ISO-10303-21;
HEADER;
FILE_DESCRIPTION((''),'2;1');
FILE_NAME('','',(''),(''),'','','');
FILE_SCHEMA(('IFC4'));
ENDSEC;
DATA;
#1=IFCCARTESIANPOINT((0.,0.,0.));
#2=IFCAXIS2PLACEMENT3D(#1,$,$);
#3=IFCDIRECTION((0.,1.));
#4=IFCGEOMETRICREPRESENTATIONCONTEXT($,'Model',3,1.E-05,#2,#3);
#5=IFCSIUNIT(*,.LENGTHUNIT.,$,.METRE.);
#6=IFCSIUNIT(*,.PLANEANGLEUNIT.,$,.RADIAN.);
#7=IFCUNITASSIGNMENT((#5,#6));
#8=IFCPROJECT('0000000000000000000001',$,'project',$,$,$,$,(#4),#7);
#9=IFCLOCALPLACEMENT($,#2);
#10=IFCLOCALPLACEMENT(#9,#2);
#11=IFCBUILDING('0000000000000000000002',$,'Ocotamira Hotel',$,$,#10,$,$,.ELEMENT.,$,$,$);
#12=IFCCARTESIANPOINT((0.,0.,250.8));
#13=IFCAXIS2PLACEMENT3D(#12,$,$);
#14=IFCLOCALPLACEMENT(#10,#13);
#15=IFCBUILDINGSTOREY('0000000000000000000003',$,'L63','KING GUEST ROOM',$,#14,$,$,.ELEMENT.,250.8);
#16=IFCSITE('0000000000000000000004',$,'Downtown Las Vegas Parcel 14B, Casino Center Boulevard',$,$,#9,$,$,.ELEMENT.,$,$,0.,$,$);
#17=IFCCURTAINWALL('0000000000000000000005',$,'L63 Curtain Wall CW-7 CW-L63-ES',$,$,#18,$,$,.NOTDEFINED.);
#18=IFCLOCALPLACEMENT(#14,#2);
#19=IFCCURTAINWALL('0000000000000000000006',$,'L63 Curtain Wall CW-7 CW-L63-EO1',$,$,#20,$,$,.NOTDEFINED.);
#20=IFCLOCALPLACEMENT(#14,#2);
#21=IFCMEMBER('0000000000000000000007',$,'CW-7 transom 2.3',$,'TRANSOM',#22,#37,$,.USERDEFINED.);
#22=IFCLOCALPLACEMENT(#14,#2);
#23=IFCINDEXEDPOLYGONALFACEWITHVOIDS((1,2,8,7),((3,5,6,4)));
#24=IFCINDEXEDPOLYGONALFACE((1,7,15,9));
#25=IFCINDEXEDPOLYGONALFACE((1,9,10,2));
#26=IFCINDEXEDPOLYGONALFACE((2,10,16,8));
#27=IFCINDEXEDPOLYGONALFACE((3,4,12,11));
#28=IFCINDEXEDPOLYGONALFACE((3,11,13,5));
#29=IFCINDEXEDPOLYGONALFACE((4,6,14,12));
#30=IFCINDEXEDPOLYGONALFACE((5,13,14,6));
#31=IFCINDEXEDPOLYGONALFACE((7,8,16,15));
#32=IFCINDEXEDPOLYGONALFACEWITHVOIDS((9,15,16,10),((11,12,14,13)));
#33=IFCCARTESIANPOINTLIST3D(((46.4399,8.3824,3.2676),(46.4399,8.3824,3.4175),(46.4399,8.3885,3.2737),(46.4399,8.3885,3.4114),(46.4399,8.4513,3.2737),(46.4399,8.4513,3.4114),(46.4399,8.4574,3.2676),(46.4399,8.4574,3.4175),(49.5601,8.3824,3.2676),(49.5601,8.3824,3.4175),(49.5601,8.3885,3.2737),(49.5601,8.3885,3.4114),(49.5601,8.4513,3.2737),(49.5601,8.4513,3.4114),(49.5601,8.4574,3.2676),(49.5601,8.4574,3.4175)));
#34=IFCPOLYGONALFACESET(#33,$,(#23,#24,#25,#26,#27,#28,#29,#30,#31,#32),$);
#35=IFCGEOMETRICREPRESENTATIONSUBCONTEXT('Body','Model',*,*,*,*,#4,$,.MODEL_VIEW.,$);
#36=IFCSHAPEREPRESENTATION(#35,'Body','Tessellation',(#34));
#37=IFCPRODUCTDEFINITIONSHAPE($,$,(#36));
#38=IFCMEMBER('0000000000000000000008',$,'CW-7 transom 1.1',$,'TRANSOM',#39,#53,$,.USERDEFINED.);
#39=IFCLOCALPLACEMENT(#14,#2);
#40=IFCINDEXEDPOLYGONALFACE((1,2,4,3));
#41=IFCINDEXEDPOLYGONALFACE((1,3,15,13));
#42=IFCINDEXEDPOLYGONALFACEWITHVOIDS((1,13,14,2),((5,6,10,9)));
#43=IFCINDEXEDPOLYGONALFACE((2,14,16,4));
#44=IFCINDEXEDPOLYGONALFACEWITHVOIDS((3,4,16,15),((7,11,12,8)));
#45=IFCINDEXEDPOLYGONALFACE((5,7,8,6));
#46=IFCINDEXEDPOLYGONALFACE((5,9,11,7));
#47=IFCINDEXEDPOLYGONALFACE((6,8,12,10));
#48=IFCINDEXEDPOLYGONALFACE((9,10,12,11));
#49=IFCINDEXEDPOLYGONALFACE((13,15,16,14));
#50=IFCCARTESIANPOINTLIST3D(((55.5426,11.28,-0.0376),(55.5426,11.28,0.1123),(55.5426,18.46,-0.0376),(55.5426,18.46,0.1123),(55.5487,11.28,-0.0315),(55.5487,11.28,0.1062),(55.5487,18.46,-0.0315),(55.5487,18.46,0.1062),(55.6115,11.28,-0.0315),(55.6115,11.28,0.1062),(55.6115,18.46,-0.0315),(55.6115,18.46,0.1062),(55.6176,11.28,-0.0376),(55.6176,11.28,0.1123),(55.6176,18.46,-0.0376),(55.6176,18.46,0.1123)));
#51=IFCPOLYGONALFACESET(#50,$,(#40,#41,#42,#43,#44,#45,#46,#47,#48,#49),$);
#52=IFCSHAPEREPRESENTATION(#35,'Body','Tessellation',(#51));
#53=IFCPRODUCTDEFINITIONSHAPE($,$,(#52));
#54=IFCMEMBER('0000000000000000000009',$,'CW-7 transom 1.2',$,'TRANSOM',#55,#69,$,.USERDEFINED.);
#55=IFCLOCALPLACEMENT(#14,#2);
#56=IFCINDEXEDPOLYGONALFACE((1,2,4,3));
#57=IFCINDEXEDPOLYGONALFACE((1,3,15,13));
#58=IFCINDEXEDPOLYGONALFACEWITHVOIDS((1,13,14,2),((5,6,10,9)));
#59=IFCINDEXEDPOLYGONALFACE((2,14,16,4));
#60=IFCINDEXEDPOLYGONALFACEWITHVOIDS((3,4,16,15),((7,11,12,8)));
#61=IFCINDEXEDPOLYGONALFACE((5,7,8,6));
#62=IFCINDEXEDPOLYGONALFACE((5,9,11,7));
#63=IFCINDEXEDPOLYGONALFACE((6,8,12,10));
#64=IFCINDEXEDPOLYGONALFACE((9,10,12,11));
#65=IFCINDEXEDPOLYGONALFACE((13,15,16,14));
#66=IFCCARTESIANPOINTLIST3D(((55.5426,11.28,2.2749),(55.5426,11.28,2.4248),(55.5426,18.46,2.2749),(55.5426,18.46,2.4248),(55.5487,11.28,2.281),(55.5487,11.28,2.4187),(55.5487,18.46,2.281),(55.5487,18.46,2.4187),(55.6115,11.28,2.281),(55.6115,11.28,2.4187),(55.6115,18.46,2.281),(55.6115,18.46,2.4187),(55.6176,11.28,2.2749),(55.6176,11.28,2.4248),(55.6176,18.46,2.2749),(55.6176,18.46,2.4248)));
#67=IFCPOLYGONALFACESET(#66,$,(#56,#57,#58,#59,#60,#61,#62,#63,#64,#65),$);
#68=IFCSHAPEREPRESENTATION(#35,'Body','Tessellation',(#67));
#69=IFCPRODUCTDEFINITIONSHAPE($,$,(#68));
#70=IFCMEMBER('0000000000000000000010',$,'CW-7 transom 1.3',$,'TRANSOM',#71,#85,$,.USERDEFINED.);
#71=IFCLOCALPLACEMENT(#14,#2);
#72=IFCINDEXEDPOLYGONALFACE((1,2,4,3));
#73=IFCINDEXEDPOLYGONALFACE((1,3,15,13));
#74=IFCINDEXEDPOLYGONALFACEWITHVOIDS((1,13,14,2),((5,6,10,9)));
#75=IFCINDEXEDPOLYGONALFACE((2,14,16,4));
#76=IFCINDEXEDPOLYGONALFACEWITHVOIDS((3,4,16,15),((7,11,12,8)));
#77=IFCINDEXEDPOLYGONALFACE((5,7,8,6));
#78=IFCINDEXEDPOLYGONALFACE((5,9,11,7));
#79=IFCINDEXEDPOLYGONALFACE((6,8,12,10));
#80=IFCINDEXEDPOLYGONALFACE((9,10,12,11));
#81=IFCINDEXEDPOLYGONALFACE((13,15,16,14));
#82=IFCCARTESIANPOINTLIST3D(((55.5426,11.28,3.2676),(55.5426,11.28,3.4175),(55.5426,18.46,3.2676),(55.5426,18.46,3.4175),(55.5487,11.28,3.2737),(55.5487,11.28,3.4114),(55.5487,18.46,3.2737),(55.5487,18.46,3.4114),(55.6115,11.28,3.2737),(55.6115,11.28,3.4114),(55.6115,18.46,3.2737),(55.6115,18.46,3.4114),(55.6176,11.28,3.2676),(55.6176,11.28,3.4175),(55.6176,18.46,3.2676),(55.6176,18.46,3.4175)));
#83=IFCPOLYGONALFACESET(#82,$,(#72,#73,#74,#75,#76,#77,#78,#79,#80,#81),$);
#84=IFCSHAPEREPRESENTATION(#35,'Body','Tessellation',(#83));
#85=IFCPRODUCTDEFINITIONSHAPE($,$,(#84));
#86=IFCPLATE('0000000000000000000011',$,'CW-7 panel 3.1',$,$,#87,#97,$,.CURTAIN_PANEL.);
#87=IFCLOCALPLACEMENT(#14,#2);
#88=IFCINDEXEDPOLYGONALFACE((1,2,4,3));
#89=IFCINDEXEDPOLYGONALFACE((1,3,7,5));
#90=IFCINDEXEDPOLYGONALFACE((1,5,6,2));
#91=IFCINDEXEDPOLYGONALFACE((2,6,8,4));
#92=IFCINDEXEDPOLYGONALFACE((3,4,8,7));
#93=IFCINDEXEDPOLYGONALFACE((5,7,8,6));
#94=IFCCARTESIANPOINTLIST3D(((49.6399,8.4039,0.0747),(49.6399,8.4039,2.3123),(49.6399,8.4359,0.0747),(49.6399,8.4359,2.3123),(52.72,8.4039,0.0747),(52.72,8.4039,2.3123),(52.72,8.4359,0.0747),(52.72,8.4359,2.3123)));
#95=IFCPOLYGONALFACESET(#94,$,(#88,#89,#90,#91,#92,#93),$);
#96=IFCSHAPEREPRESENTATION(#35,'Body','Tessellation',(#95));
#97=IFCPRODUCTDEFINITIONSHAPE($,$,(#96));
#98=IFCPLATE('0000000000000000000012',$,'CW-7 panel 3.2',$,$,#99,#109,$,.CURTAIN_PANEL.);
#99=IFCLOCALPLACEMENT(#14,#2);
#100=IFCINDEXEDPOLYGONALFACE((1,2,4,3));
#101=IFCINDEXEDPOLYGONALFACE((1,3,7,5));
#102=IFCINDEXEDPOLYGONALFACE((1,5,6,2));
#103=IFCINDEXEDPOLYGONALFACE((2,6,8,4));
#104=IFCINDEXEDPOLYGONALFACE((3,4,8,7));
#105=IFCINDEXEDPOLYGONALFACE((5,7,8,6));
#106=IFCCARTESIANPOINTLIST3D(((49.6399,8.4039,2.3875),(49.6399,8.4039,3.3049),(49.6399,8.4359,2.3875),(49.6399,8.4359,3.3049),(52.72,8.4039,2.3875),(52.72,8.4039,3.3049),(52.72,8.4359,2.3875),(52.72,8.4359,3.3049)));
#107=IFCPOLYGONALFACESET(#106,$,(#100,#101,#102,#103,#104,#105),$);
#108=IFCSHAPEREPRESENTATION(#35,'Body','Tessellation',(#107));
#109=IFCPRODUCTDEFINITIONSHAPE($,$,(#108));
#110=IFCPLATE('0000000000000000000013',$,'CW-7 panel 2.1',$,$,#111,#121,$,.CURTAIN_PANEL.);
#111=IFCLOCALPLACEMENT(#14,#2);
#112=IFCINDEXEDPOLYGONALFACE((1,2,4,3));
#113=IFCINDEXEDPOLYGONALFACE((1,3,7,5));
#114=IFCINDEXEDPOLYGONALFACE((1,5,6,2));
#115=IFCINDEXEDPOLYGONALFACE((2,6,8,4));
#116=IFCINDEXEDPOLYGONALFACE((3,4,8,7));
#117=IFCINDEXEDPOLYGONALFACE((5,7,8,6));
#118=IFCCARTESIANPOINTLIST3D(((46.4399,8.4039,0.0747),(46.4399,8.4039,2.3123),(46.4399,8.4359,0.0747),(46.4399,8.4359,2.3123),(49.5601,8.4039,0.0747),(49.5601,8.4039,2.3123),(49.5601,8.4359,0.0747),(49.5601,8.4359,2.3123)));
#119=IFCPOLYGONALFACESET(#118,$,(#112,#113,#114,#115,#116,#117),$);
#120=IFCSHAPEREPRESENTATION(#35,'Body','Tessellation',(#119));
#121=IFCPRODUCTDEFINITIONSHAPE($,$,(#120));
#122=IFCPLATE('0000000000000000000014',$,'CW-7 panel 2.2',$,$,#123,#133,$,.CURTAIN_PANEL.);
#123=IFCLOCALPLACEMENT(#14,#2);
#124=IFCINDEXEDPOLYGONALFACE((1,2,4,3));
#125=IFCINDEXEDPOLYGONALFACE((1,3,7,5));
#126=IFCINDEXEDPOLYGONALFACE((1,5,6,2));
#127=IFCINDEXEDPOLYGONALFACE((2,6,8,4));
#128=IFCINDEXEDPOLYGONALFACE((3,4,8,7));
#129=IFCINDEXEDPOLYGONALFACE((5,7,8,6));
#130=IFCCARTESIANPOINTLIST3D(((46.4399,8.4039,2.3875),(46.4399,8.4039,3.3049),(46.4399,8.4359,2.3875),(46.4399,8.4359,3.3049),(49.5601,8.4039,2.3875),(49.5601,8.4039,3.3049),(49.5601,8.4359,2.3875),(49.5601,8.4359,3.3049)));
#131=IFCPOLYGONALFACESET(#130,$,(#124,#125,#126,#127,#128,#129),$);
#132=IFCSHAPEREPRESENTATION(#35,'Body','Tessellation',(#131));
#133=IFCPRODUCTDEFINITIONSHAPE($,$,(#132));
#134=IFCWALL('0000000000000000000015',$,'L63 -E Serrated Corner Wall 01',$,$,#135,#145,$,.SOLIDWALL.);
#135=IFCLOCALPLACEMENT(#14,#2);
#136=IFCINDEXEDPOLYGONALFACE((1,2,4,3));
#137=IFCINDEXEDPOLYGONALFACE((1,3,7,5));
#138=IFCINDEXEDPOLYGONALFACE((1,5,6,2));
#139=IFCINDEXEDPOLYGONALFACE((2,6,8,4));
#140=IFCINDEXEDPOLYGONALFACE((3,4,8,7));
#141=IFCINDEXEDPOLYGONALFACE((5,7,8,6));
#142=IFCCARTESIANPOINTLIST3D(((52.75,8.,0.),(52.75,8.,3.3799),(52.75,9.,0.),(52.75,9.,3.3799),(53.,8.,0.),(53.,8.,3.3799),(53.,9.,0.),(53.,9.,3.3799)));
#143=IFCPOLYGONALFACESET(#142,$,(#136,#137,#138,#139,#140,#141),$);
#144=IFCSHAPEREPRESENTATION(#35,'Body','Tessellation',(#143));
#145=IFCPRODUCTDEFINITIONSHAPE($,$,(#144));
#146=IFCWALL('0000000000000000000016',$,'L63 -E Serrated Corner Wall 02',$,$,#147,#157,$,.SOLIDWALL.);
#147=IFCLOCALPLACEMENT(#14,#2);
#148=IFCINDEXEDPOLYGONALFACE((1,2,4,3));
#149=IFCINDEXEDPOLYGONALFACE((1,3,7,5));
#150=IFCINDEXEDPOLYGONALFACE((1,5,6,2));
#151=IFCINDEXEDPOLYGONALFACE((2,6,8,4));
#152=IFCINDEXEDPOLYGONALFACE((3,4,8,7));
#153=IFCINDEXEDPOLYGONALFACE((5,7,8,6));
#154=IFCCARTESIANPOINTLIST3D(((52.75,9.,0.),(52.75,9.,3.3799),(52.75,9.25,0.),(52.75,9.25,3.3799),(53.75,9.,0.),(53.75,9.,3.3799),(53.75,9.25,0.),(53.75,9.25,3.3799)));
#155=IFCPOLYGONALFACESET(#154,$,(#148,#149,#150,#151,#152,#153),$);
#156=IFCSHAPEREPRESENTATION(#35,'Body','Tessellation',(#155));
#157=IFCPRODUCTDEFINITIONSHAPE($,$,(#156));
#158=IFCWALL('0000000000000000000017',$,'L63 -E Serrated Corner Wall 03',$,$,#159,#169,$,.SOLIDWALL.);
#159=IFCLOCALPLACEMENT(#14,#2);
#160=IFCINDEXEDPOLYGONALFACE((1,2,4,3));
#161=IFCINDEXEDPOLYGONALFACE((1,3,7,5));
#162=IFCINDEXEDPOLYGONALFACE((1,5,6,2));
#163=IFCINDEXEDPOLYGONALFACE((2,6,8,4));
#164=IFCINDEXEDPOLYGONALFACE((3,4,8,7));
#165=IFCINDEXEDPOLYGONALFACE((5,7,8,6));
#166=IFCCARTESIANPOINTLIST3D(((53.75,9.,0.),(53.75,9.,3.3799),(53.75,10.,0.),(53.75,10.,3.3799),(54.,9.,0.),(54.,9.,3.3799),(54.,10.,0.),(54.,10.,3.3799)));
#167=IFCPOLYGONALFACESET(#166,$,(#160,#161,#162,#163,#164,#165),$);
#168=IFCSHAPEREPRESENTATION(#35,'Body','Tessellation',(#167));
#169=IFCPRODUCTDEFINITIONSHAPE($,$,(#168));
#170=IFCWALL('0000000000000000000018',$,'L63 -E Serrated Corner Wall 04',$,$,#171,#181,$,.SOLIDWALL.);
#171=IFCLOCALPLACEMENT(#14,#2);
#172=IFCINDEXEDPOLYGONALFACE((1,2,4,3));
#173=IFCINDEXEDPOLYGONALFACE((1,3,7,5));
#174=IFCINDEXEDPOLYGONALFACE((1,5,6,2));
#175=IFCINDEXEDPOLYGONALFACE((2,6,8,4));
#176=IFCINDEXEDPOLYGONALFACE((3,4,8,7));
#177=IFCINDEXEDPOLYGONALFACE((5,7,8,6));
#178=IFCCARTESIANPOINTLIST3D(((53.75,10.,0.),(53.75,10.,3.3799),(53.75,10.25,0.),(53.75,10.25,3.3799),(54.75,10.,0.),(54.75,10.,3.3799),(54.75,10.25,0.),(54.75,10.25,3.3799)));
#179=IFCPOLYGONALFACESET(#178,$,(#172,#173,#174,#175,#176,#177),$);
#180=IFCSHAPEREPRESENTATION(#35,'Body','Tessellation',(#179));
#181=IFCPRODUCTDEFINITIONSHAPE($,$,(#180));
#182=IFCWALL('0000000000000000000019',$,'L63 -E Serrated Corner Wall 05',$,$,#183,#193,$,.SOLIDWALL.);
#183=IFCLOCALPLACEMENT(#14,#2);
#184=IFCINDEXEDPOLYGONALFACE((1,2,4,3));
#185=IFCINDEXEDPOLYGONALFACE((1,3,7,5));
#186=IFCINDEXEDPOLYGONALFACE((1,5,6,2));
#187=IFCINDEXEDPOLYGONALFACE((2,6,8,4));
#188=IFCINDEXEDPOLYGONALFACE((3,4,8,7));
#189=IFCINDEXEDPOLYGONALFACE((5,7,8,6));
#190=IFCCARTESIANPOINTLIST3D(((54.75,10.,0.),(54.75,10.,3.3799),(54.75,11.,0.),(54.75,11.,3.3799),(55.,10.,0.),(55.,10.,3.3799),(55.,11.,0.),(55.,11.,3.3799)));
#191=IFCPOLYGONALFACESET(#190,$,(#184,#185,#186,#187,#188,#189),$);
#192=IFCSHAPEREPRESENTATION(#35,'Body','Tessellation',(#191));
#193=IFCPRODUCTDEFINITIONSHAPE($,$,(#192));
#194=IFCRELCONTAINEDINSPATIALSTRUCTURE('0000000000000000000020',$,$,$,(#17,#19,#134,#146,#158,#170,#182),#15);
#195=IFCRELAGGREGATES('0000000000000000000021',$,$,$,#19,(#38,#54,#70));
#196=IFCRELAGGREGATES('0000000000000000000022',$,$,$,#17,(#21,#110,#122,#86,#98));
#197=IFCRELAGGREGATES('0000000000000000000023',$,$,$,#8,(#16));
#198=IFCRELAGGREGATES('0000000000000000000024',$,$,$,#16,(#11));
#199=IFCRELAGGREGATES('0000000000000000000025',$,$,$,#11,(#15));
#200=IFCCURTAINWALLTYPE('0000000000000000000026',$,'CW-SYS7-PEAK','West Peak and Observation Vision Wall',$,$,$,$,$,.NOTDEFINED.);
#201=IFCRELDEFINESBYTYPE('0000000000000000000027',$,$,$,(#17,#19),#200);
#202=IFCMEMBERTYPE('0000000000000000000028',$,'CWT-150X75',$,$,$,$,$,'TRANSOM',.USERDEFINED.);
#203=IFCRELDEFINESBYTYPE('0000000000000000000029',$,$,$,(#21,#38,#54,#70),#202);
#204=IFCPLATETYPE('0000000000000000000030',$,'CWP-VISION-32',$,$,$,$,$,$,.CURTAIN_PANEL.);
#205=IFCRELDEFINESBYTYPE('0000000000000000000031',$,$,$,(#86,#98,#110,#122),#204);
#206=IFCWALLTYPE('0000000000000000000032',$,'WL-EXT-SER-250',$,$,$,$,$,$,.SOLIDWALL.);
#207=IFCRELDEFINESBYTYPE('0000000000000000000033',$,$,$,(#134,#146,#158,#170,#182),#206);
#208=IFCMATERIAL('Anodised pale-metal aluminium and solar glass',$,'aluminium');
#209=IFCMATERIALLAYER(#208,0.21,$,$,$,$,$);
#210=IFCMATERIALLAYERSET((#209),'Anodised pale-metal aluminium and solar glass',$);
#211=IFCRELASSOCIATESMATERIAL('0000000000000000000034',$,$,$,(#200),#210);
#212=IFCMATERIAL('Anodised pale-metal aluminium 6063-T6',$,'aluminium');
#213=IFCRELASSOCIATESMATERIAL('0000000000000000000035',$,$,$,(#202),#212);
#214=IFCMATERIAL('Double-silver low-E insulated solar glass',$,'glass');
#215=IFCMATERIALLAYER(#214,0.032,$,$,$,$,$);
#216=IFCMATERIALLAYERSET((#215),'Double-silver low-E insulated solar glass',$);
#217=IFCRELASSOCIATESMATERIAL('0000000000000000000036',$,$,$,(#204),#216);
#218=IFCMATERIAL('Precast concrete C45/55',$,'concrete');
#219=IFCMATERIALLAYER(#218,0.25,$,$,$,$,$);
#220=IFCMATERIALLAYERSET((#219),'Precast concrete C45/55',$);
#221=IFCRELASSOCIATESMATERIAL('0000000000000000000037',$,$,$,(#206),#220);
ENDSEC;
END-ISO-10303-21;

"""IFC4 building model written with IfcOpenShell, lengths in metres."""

from ifc_helpers import new_model, si_unit, direction, frame, frame_2d, origin, origin_2d, place, context, subcontext, project, spatial, rectangle, hollow_rectangle, extrude, source, transform, mapped, material, layer, layer_set, material_profile, profile_set, type_object, element, aggregate, save


model = new_model("IFC4")

# Units and contexts
model_context = context("Model", 3, precision=1e-05, world=origin(), true_north=direction((0.0, 1.0)))
body_context = subcontext(model_context, "Body", "Model", "MODEL_VIEW")
ifc_project = project(units=[si_unit("LENGTHUNIT", "METRE"), si_unit("PLANEANGLEUNIT", "RADIAN")], contexts=[model_context])

# Site, building, storey
site_placement = place(None, origin())
site = spatial("IfcSite", under=ifc_project, at=site_placement, Name="Downtown Las Vegas Parcel 14B, Casino Center Boulevard", CompositionType="ELEMENT", RefElevation=0.0)
building_placement = place(site_placement, origin())
building = spatial("IfcBuilding", under=site, at=building_placement, Name="Ocotamira Hotel", CompositionType="ELEMENT")
storey_placement = place(building_placement, frame((0.0, 0.0, 250.8)))
storey = spatial("IfcBuildingStorey", under=building, at=storey_placement, Name="L63", Description="KING GUEST ROOM", CompositionType="ELEMENT", Elevation=250.8)

# Curtain wall
ifc_material_1 = material(Name="Anodised pale-metal aluminium and solar glass", Category="aluminium")
ifc_layer_1 = layer(ifc_material_1, 0.21)
ifc_layer_set_1 = layer_set([ifc_layer_1], Name="Anodised pale-metal aluminium and solar glass")
curtain_wall_type = type_object("IfcCurtainWallType", Name="CW-SYS7-PEAK", Description="West Peak and Observation Vision Wall", PredefinedType="NOTDEFINED", material=ifc_layer_set_1)
curtain_wall_1_placement = place(storey_placement, origin())
curtain_wall_1 = element("IfcCurtainWall", 1, at=curtain_wall_1_placement, inside=storey, type_object=curtain_wall_type, Name="L63 Curtain Wall CW-7 CW-L63-ES", PredefinedType="NOTDEFINED")
ifc_material_2 = material(Name="Anodised pale-metal aluminium 6063-T6", Category="aluminium")

# Curtain wall
curtain_wall_2_placement = place(storey_placement, origin())
curtain_wall_2 = element("IfcCurtainWall", 2, at=curtain_wall_2_placement, inside=storey, type_object=curtain_wall_type, Name="L63 Curtain Wall CW-7 CW-L63-EO1", PredefinedType="NOTDEFINED")

# Members
ifc_material_profile_1 = material_profile(ifc_material_2, hollow_rectangle(XDim=0.075, YDim=0.1499, WallThickness=0.0061, at=origin_2d()), Name="HSS150X75X6")
ifc_profile_set_1 = profile_set([ifc_material_profile_1], Name="Anodised pale-metal aluminium 6063-T6")
member_type_1 = type_object("IfcMemberType", Name="CWT-150X75", ElementType="TRANSOM", PredefinedType="USERDEFINED", material=ifc_profile_set_1)
shared_shape_1 = source(origin(), body_context, "Body", "SweptSolid", [
    extrude(hollow_rectangle(XDim=0.075, YDim=0.1499, WallThickness=0.0061, at=origin_2d()), origin(), (0.0, 0.0, 1.0), 3.1201),
])
member_1_placement = place(storey_placement, frame((46.4399, 8.4199, 3.3425), z_axis=(1.0, 0.0, 0.0), x_axis=(0.0, 1.0, 0.0)))
member_1 = element("IfcMember", 3, at=member_1_placement, type_object=member_type_1, Name="CW-7 transom 2.3", ObjectType="TRANSOM", PredefinedType="USERDEFINED", context=body_context, shape_type="MappedRepresentation", body=[
    mapped(shared_shape_1, transform((0.0, 0.0, 0.0), scale=1.0)),
])
shared_shape_2 = source(origin(), body_context, "Body", "SweptSolid", [
    extrude(hollow_rectangle(XDim=0.075, YDim=0.1499, WallThickness=0.0061, at=origin_2d()), origin(), (0.0, 0.0, 1.0), 7.1799),
])
member_2_placement = place(storey_placement, frame((55.5801, 11.28, 0.0374), z_axis=(0.0, 1.0, 0.0), x_axis=(-1.0, 0.0, 0.0)))
member_2 = element("IfcMember", 4, at=member_2_placement, type_object=member_type_1, Name="CW-7 transom 1.1", ObjectType="TRANSOM", PredefinedType="USERDEFINED", context=body_context, shape_type="MappedRepresentation", body=[
    mapped(shared_shape_2, transform((0.0, 0.0, 0.0), scale=1.0)),
])
member_3_placement = place(storey_placement, frame((55.5801, 11.28, 2.3499), z_axis=(0.0, 1.0, 0.0), x_axis=(-1.0, 0.0, 0.0)))
member_3 = element("IfcMember", 5, at=member_3_placement, type_object=member_type_1, Name="CW-7 transom 1.2", ObjectType="TRANSOM", PredefinedType="USERDEFINED", context=body_context, shape_type="MappedRepresentation", body=[
    mapped(shared_shape_2, transform((0.0, 0.0, 0.0), scale=1.0)),
])
member_4_placement = place(storey_placement, frame((55.5801, 11.28, 3.3425), z_axis=(0.0, 1.0, 0.0), x_axis=(-1.0, 0.0, 0.0)))
member_4 = element("IfcMember", 6, at=member_4_placement, type_object=member_type_1, Name="CW-7 transom 1.3", ObjectType="TRANSOM", PredefinedType="USERDEFINED", context=body_context, shape_type="MappedRepresentation", body=[
    mapped(shared_shape_2, transform((0.0, 0.0, 0.0), scale=1.0)),
])
aggregate(curtain_wall_2, [member_2, member_3, member_4])

# Plates
ifc_material_3 = material(Name="Double-silver low-E insulated solar glass", Category="glass")
ifc_layer_2 = layer(ifc_material_3, 0.032)
ifc_layer_set_2 = layer_set([ifc_layer_2], Name="Double-silver low-E insulated solar glass")
plate_type = type_object("IfcPlateType", Name="CWP-VISION-32", PredefinedType="CURTAIN_PANEL", material=ifc_layer_set_2)
shared_shape_3 = source(origin(), body_context, "Body", "SweptSolid", [
    extrude(rectangle(XDim=3.0801, YDim=0.032, at=origin_2d()), origin(), (0.0, 0.0, 1.0), 2.2375),
])
plate_1_placement = place(storey_placement, frame((51.1799, 8.4199, 0.0747), z_axis=(0.0, 0.0, 1.0), x_axis=(1.0, 0.0, 0.0)))
plate_1 = element("IfcPlate", 7, at=plate_1_placement, type_object=plate_type, Name="CW-7 panel 3.1", PredefinedType="CURTAIN_PANEL", context=body_context, shape_type="MappedRepresentation", body=[
    mapped(shared_shape_3, transform((0.0, 0.0, 0.0), scale=1.0)),
])
shared_shape_4 = source(origin(), body_context, "Body", "SweptSolid", [
    extrude(rectangle(XDim=3.0801, YDim=0.032, at=origin_2d()), origin(), (0.0, 0.0, 1.0), 0.9175),
])
plate_2_placement = place(storey_placement, frame((51.1799, 8.4199, 2.3875), z_axis=(0.0, 0.0, 1.0), x_axis=(1.0, 0.0, 0.0)))
plate_2 = element("IfcPlate", 8, at=plate_2_placement, type_object=plate_type, Name="CW-7 panel 3.2", PredefinedType="CURTAIN_PANEL", context=body_context, shape_type="MappedRepresentation", body=[
    mapped(shared_shape_4, transform((0.0, 0.0, 0.0), scale=1.0)),
])
shared_shape_5 = source(origin(), body_context, "Body", "SweptSolid", [
    extrude(rectangle(XDim=3.1201, YDim=0.032, at=origin_2d()), origin(), (0.0, 0.0, 1.0), 2.2375),
])
plate_3_placement = place(storey_placement, frame((48.0, 8.4199, 0.0747), z_axis=(0.0, 0.0, 1.0), x_axis=(1.0, 0.0, 0.0)))
plate_3 = element("IfcPlate", 9, at=plate_3_placement, type_object=plate_type, Name="CW-7 panel 2.1", PredefinedType="CURTAIN_PANEL", context=body_context, shape_type="MappedRepresentation", body=[
    mapped(shared_shape_5, transform((0.0, 0.0, 0.0), scale=1.0)),
])
shared_shape_6 = source(origin(), body_context, "Body", "SweptSolid", [
    extrude(rectangle(XDim=3.1201, YDim=0.032, at=origin_2d()), origin(), (0.0, 0.0, 1.0), 0.9175),
])
plate_4_placement = place(storey_placement, frame((48.0, 8.4199, 2.3875), z_axis=(0.0, 0.0, 1.0), x_axis=(1.0, 0.0, 0.0)))
plate_4 = element("IfcPlate", 10, at=plate_4_placement, type_object=plate_type, Name="CW-7 panel 2.2", PredefinedType="CURTAIN_PANEL", context=body_context, shape_type="MappedRepresentation", body=[
    mapped(shared_shape_6, transform((0.0, 0.0, 0.0), scale=1.0)),
])
aggregate(curtain_wall_1, [member_1, plate_3, plate_4, plate_1, plate_2])

# Walls
ifc_material_4 = material(Name="Precast concrete C45/55", Category="concrete")
ifc_layer_3 = layer(ifc_material_4, 0.25)
ifc_layer_set_3 = layer_set([ifc_layer_3], Name="Precast concrete C45/55")
wall_type_1 = type_object("IfcWallType", Name="WL-EXT-SER-250", PredefinedType="SOLIDWALL", material=ifc_layer_set_3)
for number, where, z_axis, x_axis, name in (
    (11, (52.875, 8.0, 0.0), (0.0, 0.0, 1.0), (0.0, 1.0, 0.0), "L63 -E Serrated Corner Wall 01"),
    (12, (52.75, 9.125, 0.0), (0.0, 0.0, 1.0), (1.0, 0.0, 0.0), "L63 -E Serrated Corner Wall 02"),
    (13, (53.875, 9.0, 0.0), (0.0, 0.0, 1.0), (0.0, 1.0, 0.0), "L63 -E Serrated Corner Wall 03"),
    (14, (53.75, 10.125, 0.0), (0.0, 0.0, 1.0), (1.0, 0.0, 0.0), "L63 -E Serrated Corner Wall 04"),
    (15, (54.875, 10.0, 0.0), (0.0, 0.0, 1.0), (0.0, 1.0, 0.0), "L63 -E Serrated Corner Wall 05"),
):
    element("IfcWall", number, at=place(storey_placement, frame(where, z_axis=z_axis, x_axis=x_axis)), inside=storey, type_object=wall_type_1, Name=name, PredefinedType="SOLIDWALL", context=body_context, shape_type="SweptSolid", body=[
        extrude(rectangle(XDim=1.0, YDim=0.25, at=frame_2d((0.5, 0.0))), origin(), (0.0, 0.0, 1.0), 3.3799),
    ])

save(model, "model.ifc")
